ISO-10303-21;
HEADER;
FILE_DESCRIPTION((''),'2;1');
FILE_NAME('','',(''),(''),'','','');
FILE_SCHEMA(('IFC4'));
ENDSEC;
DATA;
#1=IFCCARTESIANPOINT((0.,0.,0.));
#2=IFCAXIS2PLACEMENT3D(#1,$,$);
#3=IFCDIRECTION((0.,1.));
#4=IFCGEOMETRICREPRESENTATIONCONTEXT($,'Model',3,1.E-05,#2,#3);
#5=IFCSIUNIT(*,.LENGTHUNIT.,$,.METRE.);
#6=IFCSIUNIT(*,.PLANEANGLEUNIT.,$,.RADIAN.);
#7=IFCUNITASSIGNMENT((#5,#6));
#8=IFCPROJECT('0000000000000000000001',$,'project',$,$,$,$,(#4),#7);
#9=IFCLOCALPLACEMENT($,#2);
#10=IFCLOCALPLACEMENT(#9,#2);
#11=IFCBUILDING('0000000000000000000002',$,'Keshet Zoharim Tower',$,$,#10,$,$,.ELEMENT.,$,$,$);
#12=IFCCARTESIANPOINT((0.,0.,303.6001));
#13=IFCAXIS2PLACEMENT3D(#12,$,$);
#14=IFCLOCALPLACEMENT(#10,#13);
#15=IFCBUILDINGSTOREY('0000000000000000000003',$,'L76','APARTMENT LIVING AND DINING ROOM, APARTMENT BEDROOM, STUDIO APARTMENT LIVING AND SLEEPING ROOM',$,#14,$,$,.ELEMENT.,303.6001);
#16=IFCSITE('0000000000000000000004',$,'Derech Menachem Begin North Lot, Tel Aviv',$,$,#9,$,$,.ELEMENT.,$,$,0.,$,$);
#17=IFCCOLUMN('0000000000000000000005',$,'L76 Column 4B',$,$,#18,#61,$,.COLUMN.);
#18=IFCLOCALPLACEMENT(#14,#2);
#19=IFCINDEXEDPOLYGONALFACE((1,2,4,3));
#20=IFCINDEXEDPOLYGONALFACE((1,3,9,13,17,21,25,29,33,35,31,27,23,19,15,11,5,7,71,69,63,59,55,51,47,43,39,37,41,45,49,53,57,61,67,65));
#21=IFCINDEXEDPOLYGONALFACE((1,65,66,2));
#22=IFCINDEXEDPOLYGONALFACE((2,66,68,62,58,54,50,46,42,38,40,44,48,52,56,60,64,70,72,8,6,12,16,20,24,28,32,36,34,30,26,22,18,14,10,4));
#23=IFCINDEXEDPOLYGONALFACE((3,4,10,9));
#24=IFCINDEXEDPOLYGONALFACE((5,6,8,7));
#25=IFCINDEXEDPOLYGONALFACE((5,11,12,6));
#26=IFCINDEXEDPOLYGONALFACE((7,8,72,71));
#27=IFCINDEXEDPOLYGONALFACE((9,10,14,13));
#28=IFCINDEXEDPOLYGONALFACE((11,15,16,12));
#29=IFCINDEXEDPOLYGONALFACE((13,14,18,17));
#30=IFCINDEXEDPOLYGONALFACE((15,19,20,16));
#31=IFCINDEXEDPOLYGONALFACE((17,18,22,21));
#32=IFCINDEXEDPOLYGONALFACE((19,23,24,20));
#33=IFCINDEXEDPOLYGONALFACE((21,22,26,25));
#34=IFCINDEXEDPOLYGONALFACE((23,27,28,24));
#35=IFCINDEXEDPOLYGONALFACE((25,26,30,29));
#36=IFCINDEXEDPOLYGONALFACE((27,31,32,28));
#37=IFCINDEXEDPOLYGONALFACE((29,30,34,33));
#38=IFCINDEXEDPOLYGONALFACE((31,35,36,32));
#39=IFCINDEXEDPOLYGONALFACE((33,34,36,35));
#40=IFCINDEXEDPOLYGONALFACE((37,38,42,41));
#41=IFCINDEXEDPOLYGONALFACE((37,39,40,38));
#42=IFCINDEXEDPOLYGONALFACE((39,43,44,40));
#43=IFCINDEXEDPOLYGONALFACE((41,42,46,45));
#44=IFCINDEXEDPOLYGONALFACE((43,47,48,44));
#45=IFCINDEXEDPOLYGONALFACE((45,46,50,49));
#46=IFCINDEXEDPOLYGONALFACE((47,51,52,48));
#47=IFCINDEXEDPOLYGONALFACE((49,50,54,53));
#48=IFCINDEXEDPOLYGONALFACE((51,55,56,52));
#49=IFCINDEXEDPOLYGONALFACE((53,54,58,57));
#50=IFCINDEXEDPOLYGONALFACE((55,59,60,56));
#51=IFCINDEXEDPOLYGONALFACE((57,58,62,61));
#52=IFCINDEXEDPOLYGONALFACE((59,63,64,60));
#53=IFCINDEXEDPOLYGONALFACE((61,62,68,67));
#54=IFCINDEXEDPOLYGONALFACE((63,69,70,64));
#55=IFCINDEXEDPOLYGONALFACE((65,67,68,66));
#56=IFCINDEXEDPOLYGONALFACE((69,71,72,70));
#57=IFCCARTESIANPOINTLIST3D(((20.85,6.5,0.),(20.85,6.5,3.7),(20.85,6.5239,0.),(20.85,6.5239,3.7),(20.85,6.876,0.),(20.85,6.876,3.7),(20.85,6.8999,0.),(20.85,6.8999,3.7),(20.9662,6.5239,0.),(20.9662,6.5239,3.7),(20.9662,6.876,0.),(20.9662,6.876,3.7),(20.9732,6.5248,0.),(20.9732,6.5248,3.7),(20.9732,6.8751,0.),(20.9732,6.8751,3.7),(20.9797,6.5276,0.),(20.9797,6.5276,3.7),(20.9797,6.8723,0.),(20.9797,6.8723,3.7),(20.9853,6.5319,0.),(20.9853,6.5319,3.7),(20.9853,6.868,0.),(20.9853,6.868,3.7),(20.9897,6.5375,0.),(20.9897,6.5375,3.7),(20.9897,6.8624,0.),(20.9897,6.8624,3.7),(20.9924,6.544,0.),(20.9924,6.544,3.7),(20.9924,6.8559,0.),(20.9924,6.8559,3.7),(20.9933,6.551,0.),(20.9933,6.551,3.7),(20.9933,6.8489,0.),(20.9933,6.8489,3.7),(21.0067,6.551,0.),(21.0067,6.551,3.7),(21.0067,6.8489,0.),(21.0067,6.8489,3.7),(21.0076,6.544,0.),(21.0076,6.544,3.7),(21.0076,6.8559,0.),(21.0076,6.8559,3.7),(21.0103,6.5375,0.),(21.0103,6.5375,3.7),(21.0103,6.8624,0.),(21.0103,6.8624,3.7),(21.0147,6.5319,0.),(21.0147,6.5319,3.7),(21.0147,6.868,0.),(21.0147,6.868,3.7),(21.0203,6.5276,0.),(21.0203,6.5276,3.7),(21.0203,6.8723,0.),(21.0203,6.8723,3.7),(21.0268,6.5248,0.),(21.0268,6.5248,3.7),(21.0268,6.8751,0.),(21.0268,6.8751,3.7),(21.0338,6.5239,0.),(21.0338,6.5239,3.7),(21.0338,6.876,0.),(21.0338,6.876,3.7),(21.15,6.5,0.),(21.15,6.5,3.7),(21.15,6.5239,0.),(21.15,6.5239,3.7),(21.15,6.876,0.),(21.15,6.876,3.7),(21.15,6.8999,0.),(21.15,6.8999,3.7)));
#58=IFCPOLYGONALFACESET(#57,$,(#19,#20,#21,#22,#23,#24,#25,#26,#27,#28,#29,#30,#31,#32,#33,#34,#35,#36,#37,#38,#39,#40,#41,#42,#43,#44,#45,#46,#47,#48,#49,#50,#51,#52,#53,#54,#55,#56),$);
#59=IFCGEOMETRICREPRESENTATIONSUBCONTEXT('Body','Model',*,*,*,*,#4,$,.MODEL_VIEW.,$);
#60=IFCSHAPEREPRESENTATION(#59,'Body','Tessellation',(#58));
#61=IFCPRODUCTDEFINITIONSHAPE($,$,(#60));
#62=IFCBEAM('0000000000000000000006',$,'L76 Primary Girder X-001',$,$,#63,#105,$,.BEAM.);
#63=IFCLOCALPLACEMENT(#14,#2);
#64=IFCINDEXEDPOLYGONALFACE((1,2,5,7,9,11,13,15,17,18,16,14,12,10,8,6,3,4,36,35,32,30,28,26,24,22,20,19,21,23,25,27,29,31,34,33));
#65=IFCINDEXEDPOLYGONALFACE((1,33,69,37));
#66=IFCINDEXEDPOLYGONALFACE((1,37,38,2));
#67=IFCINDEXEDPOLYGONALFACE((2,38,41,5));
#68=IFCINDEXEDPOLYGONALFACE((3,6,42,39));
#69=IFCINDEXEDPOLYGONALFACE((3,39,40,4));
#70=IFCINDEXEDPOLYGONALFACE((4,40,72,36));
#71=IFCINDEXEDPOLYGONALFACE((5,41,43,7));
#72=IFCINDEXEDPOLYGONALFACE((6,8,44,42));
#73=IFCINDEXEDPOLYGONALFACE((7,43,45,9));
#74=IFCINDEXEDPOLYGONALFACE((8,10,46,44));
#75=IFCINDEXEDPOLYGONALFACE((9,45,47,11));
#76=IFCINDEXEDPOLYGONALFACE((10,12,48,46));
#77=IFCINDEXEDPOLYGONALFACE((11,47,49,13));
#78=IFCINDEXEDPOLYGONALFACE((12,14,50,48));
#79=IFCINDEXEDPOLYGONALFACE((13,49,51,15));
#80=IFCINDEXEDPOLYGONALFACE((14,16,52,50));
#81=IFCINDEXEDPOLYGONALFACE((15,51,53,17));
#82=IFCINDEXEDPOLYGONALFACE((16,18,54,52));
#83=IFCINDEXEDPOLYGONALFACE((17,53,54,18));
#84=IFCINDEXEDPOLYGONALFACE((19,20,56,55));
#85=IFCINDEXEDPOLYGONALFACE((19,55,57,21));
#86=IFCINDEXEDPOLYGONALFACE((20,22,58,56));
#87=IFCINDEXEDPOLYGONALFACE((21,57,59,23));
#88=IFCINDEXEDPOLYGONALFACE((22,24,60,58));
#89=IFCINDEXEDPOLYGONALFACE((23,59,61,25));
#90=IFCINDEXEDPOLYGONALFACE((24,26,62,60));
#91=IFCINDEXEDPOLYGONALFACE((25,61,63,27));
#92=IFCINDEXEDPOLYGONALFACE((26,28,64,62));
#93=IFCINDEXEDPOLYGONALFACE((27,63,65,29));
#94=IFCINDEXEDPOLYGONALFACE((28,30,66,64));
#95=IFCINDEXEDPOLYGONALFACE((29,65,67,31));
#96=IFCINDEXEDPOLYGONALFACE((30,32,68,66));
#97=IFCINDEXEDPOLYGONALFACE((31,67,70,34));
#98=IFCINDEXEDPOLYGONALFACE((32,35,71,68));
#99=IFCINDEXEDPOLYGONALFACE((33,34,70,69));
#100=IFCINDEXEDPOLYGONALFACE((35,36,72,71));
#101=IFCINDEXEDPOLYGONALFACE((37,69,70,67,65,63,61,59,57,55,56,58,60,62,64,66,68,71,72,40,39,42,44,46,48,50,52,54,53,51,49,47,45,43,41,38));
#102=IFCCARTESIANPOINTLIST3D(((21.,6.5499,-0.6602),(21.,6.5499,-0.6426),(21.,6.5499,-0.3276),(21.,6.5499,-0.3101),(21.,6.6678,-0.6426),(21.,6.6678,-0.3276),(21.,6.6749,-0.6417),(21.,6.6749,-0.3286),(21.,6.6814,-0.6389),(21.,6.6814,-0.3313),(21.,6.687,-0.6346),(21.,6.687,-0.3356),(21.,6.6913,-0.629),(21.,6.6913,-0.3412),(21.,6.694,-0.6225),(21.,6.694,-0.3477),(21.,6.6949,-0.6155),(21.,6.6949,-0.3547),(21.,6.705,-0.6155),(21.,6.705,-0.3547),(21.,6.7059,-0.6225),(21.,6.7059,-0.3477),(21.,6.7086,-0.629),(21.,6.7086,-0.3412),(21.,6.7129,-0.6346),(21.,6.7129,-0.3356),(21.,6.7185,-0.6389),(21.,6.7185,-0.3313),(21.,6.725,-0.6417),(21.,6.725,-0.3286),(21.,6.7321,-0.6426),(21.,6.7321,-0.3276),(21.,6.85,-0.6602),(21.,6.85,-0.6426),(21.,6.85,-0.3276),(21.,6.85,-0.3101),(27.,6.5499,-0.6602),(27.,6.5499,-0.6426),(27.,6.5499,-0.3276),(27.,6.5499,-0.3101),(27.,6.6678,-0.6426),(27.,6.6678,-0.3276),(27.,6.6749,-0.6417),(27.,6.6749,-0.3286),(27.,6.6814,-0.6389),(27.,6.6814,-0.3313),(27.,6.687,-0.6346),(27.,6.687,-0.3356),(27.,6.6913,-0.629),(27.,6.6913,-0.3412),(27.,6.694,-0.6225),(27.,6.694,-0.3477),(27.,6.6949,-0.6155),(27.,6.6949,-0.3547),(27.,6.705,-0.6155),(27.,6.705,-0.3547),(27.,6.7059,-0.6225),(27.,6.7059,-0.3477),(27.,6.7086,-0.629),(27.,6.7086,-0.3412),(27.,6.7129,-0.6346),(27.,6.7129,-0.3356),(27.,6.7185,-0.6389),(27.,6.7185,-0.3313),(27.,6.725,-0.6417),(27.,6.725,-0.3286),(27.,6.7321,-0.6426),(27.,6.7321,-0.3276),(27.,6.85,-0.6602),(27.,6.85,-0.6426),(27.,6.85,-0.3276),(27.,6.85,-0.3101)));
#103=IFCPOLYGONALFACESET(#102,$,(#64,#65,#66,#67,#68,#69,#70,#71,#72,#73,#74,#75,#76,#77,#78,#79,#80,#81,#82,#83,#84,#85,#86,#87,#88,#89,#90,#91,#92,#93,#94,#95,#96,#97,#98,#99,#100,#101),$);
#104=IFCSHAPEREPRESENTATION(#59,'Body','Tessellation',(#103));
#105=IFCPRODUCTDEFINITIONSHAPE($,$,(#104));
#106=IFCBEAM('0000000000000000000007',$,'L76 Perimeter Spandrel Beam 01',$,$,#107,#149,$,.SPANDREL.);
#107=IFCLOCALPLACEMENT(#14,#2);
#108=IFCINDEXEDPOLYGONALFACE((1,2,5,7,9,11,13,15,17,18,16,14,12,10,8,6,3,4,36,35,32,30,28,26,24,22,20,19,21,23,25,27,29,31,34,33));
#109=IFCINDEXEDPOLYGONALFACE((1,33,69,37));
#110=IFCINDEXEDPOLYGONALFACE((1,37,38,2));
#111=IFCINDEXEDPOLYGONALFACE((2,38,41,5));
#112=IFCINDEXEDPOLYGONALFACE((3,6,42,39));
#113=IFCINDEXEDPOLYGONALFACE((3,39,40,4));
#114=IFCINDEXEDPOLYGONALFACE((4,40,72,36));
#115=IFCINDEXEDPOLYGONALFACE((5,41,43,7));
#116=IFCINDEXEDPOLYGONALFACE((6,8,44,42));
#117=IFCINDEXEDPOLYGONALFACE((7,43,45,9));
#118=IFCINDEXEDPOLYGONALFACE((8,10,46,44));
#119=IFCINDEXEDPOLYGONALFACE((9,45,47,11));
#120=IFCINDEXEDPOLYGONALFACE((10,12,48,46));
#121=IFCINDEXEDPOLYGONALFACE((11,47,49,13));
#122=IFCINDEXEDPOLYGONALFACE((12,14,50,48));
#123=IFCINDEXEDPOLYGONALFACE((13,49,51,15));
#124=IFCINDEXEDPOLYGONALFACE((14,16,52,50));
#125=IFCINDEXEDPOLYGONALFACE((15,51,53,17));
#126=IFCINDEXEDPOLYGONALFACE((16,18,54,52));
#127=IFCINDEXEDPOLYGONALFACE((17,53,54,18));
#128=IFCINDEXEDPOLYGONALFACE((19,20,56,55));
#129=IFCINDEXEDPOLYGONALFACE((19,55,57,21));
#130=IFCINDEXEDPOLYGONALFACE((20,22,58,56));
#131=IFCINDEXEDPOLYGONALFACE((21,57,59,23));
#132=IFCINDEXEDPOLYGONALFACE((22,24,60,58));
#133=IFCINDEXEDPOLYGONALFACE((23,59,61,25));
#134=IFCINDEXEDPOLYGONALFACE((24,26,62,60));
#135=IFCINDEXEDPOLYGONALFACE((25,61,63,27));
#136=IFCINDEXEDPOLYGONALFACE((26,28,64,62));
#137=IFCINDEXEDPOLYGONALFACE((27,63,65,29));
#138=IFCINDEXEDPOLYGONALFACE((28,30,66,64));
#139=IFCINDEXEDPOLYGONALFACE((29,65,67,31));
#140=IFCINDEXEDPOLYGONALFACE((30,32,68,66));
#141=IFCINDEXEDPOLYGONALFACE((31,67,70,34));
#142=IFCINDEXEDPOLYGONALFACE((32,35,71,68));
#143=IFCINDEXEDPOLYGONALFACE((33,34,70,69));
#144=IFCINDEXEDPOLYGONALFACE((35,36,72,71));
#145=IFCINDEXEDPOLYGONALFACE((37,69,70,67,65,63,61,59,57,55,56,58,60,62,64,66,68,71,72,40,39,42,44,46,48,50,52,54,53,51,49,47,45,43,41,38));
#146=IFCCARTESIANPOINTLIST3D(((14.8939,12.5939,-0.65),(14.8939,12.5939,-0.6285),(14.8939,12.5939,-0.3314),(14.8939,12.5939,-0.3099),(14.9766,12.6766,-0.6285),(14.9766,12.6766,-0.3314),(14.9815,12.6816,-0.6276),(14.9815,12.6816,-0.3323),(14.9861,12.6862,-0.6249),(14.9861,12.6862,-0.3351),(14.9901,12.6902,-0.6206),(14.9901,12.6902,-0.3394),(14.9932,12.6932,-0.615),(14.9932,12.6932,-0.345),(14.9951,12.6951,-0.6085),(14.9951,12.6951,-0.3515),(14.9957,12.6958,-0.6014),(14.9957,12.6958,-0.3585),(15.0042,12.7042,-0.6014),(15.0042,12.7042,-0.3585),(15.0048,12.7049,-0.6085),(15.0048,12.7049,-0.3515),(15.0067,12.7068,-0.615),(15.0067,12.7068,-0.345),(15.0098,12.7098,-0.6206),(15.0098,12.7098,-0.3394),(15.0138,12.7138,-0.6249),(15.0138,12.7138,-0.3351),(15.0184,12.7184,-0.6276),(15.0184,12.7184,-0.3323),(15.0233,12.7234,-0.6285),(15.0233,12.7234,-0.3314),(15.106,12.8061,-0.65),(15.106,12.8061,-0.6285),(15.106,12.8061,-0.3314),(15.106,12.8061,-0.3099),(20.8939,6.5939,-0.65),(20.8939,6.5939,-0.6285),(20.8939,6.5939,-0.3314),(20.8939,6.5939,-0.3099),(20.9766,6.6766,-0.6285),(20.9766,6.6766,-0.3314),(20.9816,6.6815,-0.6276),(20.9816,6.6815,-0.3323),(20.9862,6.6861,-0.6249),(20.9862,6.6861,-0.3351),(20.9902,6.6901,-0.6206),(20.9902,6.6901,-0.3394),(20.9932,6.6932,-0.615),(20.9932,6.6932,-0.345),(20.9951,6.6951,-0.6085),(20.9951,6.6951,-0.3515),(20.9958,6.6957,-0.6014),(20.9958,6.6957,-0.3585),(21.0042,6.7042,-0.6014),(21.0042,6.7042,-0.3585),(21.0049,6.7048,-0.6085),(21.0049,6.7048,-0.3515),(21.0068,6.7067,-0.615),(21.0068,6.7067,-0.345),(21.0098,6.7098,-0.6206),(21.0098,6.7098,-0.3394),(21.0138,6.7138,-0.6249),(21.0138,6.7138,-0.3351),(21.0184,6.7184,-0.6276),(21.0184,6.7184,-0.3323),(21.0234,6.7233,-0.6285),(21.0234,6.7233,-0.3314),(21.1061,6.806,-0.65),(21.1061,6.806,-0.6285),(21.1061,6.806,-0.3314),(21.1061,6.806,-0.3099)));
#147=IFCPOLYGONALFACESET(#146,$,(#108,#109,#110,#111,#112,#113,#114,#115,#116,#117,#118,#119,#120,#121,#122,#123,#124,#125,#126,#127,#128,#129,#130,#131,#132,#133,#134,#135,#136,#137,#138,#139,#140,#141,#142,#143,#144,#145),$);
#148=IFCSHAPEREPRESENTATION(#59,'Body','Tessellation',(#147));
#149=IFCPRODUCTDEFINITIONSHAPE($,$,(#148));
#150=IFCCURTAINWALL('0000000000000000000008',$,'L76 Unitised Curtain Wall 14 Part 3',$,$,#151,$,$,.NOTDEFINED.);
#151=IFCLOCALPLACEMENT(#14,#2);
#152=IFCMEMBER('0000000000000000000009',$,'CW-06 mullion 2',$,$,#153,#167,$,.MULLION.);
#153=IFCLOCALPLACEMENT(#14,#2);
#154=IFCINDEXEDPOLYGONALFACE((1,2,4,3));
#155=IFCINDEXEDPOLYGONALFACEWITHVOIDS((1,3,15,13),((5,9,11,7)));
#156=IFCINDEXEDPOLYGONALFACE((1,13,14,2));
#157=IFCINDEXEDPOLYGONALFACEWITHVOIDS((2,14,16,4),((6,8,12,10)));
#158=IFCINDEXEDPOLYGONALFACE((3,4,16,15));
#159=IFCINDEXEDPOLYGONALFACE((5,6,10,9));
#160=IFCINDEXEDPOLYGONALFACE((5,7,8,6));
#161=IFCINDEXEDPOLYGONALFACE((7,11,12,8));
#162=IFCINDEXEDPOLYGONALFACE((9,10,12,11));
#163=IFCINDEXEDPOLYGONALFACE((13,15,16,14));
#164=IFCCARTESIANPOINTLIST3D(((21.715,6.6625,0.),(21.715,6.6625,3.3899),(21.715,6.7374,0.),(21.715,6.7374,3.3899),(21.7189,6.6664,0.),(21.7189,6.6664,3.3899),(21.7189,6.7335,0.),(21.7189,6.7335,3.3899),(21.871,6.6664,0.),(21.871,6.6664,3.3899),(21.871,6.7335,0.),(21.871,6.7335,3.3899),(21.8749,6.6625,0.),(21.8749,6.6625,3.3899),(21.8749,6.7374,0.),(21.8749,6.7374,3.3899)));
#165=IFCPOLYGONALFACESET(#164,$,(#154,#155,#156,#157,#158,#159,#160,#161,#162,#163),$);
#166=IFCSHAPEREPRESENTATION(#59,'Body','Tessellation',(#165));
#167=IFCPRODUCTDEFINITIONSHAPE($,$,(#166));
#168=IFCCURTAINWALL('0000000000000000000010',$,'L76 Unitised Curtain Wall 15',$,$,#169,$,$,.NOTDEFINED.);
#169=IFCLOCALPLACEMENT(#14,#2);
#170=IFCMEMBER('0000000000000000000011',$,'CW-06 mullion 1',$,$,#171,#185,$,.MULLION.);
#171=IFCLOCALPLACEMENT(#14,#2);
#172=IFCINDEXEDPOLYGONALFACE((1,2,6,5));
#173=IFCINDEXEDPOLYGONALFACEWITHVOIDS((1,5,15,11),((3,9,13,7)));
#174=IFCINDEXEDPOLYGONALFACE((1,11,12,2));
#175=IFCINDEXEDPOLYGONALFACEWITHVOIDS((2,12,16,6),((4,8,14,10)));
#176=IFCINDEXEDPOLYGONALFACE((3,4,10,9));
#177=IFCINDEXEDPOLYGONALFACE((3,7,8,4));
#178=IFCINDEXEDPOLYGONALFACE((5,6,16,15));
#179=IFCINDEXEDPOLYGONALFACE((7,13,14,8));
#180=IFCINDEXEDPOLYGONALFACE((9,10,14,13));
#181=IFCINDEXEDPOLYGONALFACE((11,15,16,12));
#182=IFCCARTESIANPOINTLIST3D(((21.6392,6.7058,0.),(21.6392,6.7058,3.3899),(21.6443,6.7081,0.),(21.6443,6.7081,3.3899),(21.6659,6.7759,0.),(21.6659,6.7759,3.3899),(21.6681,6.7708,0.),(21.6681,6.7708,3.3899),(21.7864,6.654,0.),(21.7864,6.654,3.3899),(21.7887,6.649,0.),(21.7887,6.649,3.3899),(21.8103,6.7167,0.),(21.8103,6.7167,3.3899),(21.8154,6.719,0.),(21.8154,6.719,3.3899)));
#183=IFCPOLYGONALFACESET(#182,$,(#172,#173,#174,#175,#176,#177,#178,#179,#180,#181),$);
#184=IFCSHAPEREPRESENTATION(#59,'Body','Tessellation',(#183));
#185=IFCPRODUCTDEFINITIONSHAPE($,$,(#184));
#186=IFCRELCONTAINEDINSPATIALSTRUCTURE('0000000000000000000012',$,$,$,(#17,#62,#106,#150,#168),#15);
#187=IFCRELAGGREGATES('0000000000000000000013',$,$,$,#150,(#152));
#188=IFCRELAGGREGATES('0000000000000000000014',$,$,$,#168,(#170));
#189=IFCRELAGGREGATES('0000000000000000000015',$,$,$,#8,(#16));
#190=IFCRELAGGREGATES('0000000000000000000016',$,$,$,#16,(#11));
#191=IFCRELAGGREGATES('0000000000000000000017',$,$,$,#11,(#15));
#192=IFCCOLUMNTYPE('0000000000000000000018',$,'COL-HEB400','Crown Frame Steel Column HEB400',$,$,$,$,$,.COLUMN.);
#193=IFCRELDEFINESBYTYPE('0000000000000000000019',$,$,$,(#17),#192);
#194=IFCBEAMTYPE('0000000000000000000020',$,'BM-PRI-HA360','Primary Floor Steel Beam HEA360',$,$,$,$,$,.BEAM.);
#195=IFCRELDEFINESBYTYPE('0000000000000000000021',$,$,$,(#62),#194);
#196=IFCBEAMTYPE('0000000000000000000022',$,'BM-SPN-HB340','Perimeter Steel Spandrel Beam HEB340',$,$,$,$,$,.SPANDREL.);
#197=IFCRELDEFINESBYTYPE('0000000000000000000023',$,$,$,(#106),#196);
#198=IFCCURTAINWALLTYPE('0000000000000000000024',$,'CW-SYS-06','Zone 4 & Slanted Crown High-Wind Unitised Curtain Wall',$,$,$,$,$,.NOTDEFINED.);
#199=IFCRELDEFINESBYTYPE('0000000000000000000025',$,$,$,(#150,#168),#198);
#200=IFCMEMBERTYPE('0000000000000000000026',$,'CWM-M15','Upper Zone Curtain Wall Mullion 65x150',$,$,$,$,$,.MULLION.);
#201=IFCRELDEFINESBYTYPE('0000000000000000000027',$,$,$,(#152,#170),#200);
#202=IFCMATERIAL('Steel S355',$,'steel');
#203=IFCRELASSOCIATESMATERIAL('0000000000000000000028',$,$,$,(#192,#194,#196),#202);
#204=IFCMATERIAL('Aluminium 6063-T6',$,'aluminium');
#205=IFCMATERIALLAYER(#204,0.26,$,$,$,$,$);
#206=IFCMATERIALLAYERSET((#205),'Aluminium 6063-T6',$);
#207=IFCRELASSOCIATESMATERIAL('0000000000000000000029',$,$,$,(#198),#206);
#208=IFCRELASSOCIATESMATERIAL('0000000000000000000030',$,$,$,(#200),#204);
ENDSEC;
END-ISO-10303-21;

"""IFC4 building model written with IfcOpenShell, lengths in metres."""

from ifc_helpers import new_model, si_unit, direction, frame, origin, origin_2d, place, context, subcontext, project, spatial, hollow_rectangle, i_section, extrude, material, layer, layer_set, material_profile, profile_set, type_object, element, aggregate, save


model = new_model("IFC4")

# Units and contexts
model_context = context("Model", 3, precision=1e-05, world=origin(), true_north=direction((0.0, 1.0)))
body_context = subcontext(model_context, "Body", "Model", "MODEL_VIEW")
ifc_project = project(units=[si_unit("LENGTHUNIT", "METRE"), si_unit("PLANEANGLEUNIT", "RADIAN")], contexts=[model_context])

# Site, building, storey
site_placement = place(None, origin())
site = spatial("IfcSite", under=ifc_project, at=site_placement, Name="Derech Menachem Begin North Lot, Tel Aviv", CompositionType="ELEMENT", RefElevation=0.0)
building_placement = place(site_placement, origin())
building = spatial("IfcBuilding", under=site, at=building_placement, Name="Keshet Zoharim Tower", CompositionType="ELEMENT")
storey_placement = place(building_placement, frame((0.0, 0.0, 303.6001)))
storey = spatial("IfcBuildingStorey", under=building, at=storey_placement, Name="L76", Description="APARTMENT LIVING AND DINING ROOM, APARTMENT BEDROOM, STUDIO APARTMENT LIVING AND SLEEPING ROOM", CompositionType="ELEMENT", Elevation=303.6001)

# Column
ifc_material_1 = material(Name="Steel S355", Category="steel")
ifc_material_profile_1 = material_profile(ifc_material_1, i_section(OverallWidth=0.3, OverallDepth=0.3999, WebThickness=0.0134, FlangeThickness=0.0239, FilletRadius=0.0271, at=origin_2d()), Name="HEB400")
ifc_profile_set_1 = profile_set([ifc_material_profile_1], Name="Steel S355")
column_type = type_object("IfcColumnType", Name="COL-HEB400", Description="Crown Frame Steel Column HEB400", PredefinedType="COLUMN", material=ifc_profile_set_1)
column_placement = place(storey_placement, frame((21.0, 6.7, 0.0), z_axis=(0.0, 0.0, 1.0), x_axis=(1.0, 0.0, 0.0)))
element("IfcColumn", 1, at=column_placement, inside=storey, type_object=column_type, Name="L76 Column 4B", PredefinedType="COLUMN", context=body_context, shape_type="SweptSolid", body=[
    extrude(i_section(OverallWidth=0.3, OverallDepth=0.3999, WebThickness=0.0134, FlangeThickness=0.0239, FilletRadius=0.0271, at=origin_2d()), origin(), (0.0, 0.0, 1.0), 3.7),
])

# Beams
ifc_material_profile_2 = material_profile(ifc_material_1, i_section(OverallWidth=0.3, OverallDepth=0.3501, WebThickness=0.01, FlangeThickness=0.0176, FilletRadius=0.0271, at=origin_2d()), Name="HEA360")
ifc_profile_set_2 = profile_set([ifc_material_profile_2], Name="Steel S355")
beam_type_1 = type_object("IfcBeamType", Name="BM-PRI-HA360", Description="Primary Floor Steel Beam HEA360", PredefinedType="BEAM", material=ifc_profile_set_2)
beam_1_placement = place(storey_placement, frame((21.0, 6.7, -0.4851), z_axis=(1.0, 0.0, 0.0), x_axis=(0.0, 1.0, 0.0)))
element("IfcBeam", 2, at=beam_1_placement, inside=storey, type_object=beam_type_1, Name="L76 Primary Girder X-001", PredefinedType="BEAM", context=body_context, shape_type="SweptSolid", body=[
    extrude(i_section(OverallWidth=0.3, OverallDepth=0.3501, WebThickness=0.01, FlangeThickness=0.0176, FilletRadius=0.0271, at=origin_2d()), origin(), (0.0, 0.0, 1.0), 6.0),
])
ifc_material_profile_3 = material_profile(ifc_material_1, i_section(OverallWidth=0.3, OverallDepth=0.3401, WebThickness=0.012, FlangeThickness=0.0215, FilletRadius=0.0271, at=origin_2d()), Name="HEB340")
ifc_profile_set_3 = profile_set([ifc_material_profile_3], Name="Steel S355")
beam_type_2 = type_object("IfcBeamType", Name="BM-SPN-HB340", Description="Perimeter Steel Spandrel Beam HEB340", PredefinedType="SPANDREL", material=ifc_profile_set_3)
beam_2_placement = place(storey_placement, frame((21.0, 6.7, -0.48), z_axis=(-0.707107, 0.707107, 0.0), x_axis=(-0.707107, -0.707107, 0.0)))
element("IfcBeam", 3, at=beam_2_placement, inside=storey, type_object=beam_type_2, Name="L76 Perimeter Spandrel Beam 01", PredefinedType="SPANDREL", context=body_context, shape_type="SweptSolid", body=[
    extrude(i_section(OverallWidth=0.3, OverallDepth=0.3401, WebThickness=0.012, FlangeThickness=0.0215, FilletRadius=0.0271, at=origin_2d()), origin(), (0.0, 0.0, 1.0), 8.4854),
])

# Curtain wall, member
ifc_material_2 = material(Name="Aluminium 6063-T6", Category="aluminium")
ifc_layer_1 = layer(ifc_material_2, 0.26)
ifc_layer_set_1 = layer_set([ifc_layer_1], Name="Aluminium 6063-T6")
curtain_wall_type = type_object("IfcCurtainWallType", Name="CW-SYS-06", Description="Zone 4 & Slanted Crown High-Wind Unitised Curtain Wall", PredefinedType="NOTDEFINED", material=ifc_layer_set_1)
curtain_wall_1_placement = place(storey_placement, origin())
curtain_wall_1 = element("IfcCurtainWall", 4, at=curtain_wall_1_placement, inside=storey, type_object=curtain_wall_type, Name="L76 Unitised Curtain Wall 14 Part 3", PredefinedType="NOTDEFINED")
ifc_material_profile_4 = material_profile(ifc_material_2, hollow_rectangle(XDim=0.075, YDim=0.1599, WallThickness=0.0039, at=origin_2d()), Name="MUL-75x160")
ifc_profile_set_4 = profile_set([ifc_material_profile_4], Name="Aluminium 6063-T6")
member_type_1 = type_object("IfcMemberType", Name="CWM-M15", Description="Upper Zone Curtain Wall Mullion 65x150", PredefinedType="MULLION", material=ifc_profile_set_4)
member_1_placement = place(storey_placement, frame((21.7949, 6.7, 0.0), z_axis=(0.0, 0.0, 1.0), x_axis=(0.0, -1.0, 0.0)))
member_1 = element("IfcMember", 5, at=member_1_placement, type_object=member_type_1, Name="CW-06 mullion 2", PredefinedType="MULLION", context=body_context, shape_type="SweptSolid", body=[
    extrude(hollow_rectangle(XDim=0.075, YDim=0.1599, WallThickness=0.0039, at=origin_2d()), origin(), (0.0, 0.0, 1.0), 3.3899),
])
aggregate(curtain_wall_1, [member_1])

# Curtain wall, member
curtain_wall_2_placement = place(storey_placement, origin())
curtain_wall_2 = element("IfcCurtainWall", 6, at=curtain_wall_2_placement, inside=storey, type_object=curtain_wall_type, Name="L76 Unitised Curtain Wall 15", PredefinedType="NOTDEFINED")
member_2_placement = place(storey_placement, frame((21.7273, 6.7124, 0.0), z_axis=(0.0, 0.0, 1.0), x_axis=(-0.355439, -0.934699, 0.0)))
member_2 = element("IfcMember", 7, at=member_2_placement, type_object=member_type_1, Name="CW-06 mullion 1", PredefinedType="MULLION", context=body_context, shape_type="SweptSolid", body=[
    extrude(hollow_rectangle(XDim=0.075, YDim=0.1599, WallThickness=0.0039, at=origin_2d()), origin(), (0.0, 0.0, 1.0), 3.3899),
])

aggregate(curtain_wall_2, [member_2])

save(model, "model.ifc")
